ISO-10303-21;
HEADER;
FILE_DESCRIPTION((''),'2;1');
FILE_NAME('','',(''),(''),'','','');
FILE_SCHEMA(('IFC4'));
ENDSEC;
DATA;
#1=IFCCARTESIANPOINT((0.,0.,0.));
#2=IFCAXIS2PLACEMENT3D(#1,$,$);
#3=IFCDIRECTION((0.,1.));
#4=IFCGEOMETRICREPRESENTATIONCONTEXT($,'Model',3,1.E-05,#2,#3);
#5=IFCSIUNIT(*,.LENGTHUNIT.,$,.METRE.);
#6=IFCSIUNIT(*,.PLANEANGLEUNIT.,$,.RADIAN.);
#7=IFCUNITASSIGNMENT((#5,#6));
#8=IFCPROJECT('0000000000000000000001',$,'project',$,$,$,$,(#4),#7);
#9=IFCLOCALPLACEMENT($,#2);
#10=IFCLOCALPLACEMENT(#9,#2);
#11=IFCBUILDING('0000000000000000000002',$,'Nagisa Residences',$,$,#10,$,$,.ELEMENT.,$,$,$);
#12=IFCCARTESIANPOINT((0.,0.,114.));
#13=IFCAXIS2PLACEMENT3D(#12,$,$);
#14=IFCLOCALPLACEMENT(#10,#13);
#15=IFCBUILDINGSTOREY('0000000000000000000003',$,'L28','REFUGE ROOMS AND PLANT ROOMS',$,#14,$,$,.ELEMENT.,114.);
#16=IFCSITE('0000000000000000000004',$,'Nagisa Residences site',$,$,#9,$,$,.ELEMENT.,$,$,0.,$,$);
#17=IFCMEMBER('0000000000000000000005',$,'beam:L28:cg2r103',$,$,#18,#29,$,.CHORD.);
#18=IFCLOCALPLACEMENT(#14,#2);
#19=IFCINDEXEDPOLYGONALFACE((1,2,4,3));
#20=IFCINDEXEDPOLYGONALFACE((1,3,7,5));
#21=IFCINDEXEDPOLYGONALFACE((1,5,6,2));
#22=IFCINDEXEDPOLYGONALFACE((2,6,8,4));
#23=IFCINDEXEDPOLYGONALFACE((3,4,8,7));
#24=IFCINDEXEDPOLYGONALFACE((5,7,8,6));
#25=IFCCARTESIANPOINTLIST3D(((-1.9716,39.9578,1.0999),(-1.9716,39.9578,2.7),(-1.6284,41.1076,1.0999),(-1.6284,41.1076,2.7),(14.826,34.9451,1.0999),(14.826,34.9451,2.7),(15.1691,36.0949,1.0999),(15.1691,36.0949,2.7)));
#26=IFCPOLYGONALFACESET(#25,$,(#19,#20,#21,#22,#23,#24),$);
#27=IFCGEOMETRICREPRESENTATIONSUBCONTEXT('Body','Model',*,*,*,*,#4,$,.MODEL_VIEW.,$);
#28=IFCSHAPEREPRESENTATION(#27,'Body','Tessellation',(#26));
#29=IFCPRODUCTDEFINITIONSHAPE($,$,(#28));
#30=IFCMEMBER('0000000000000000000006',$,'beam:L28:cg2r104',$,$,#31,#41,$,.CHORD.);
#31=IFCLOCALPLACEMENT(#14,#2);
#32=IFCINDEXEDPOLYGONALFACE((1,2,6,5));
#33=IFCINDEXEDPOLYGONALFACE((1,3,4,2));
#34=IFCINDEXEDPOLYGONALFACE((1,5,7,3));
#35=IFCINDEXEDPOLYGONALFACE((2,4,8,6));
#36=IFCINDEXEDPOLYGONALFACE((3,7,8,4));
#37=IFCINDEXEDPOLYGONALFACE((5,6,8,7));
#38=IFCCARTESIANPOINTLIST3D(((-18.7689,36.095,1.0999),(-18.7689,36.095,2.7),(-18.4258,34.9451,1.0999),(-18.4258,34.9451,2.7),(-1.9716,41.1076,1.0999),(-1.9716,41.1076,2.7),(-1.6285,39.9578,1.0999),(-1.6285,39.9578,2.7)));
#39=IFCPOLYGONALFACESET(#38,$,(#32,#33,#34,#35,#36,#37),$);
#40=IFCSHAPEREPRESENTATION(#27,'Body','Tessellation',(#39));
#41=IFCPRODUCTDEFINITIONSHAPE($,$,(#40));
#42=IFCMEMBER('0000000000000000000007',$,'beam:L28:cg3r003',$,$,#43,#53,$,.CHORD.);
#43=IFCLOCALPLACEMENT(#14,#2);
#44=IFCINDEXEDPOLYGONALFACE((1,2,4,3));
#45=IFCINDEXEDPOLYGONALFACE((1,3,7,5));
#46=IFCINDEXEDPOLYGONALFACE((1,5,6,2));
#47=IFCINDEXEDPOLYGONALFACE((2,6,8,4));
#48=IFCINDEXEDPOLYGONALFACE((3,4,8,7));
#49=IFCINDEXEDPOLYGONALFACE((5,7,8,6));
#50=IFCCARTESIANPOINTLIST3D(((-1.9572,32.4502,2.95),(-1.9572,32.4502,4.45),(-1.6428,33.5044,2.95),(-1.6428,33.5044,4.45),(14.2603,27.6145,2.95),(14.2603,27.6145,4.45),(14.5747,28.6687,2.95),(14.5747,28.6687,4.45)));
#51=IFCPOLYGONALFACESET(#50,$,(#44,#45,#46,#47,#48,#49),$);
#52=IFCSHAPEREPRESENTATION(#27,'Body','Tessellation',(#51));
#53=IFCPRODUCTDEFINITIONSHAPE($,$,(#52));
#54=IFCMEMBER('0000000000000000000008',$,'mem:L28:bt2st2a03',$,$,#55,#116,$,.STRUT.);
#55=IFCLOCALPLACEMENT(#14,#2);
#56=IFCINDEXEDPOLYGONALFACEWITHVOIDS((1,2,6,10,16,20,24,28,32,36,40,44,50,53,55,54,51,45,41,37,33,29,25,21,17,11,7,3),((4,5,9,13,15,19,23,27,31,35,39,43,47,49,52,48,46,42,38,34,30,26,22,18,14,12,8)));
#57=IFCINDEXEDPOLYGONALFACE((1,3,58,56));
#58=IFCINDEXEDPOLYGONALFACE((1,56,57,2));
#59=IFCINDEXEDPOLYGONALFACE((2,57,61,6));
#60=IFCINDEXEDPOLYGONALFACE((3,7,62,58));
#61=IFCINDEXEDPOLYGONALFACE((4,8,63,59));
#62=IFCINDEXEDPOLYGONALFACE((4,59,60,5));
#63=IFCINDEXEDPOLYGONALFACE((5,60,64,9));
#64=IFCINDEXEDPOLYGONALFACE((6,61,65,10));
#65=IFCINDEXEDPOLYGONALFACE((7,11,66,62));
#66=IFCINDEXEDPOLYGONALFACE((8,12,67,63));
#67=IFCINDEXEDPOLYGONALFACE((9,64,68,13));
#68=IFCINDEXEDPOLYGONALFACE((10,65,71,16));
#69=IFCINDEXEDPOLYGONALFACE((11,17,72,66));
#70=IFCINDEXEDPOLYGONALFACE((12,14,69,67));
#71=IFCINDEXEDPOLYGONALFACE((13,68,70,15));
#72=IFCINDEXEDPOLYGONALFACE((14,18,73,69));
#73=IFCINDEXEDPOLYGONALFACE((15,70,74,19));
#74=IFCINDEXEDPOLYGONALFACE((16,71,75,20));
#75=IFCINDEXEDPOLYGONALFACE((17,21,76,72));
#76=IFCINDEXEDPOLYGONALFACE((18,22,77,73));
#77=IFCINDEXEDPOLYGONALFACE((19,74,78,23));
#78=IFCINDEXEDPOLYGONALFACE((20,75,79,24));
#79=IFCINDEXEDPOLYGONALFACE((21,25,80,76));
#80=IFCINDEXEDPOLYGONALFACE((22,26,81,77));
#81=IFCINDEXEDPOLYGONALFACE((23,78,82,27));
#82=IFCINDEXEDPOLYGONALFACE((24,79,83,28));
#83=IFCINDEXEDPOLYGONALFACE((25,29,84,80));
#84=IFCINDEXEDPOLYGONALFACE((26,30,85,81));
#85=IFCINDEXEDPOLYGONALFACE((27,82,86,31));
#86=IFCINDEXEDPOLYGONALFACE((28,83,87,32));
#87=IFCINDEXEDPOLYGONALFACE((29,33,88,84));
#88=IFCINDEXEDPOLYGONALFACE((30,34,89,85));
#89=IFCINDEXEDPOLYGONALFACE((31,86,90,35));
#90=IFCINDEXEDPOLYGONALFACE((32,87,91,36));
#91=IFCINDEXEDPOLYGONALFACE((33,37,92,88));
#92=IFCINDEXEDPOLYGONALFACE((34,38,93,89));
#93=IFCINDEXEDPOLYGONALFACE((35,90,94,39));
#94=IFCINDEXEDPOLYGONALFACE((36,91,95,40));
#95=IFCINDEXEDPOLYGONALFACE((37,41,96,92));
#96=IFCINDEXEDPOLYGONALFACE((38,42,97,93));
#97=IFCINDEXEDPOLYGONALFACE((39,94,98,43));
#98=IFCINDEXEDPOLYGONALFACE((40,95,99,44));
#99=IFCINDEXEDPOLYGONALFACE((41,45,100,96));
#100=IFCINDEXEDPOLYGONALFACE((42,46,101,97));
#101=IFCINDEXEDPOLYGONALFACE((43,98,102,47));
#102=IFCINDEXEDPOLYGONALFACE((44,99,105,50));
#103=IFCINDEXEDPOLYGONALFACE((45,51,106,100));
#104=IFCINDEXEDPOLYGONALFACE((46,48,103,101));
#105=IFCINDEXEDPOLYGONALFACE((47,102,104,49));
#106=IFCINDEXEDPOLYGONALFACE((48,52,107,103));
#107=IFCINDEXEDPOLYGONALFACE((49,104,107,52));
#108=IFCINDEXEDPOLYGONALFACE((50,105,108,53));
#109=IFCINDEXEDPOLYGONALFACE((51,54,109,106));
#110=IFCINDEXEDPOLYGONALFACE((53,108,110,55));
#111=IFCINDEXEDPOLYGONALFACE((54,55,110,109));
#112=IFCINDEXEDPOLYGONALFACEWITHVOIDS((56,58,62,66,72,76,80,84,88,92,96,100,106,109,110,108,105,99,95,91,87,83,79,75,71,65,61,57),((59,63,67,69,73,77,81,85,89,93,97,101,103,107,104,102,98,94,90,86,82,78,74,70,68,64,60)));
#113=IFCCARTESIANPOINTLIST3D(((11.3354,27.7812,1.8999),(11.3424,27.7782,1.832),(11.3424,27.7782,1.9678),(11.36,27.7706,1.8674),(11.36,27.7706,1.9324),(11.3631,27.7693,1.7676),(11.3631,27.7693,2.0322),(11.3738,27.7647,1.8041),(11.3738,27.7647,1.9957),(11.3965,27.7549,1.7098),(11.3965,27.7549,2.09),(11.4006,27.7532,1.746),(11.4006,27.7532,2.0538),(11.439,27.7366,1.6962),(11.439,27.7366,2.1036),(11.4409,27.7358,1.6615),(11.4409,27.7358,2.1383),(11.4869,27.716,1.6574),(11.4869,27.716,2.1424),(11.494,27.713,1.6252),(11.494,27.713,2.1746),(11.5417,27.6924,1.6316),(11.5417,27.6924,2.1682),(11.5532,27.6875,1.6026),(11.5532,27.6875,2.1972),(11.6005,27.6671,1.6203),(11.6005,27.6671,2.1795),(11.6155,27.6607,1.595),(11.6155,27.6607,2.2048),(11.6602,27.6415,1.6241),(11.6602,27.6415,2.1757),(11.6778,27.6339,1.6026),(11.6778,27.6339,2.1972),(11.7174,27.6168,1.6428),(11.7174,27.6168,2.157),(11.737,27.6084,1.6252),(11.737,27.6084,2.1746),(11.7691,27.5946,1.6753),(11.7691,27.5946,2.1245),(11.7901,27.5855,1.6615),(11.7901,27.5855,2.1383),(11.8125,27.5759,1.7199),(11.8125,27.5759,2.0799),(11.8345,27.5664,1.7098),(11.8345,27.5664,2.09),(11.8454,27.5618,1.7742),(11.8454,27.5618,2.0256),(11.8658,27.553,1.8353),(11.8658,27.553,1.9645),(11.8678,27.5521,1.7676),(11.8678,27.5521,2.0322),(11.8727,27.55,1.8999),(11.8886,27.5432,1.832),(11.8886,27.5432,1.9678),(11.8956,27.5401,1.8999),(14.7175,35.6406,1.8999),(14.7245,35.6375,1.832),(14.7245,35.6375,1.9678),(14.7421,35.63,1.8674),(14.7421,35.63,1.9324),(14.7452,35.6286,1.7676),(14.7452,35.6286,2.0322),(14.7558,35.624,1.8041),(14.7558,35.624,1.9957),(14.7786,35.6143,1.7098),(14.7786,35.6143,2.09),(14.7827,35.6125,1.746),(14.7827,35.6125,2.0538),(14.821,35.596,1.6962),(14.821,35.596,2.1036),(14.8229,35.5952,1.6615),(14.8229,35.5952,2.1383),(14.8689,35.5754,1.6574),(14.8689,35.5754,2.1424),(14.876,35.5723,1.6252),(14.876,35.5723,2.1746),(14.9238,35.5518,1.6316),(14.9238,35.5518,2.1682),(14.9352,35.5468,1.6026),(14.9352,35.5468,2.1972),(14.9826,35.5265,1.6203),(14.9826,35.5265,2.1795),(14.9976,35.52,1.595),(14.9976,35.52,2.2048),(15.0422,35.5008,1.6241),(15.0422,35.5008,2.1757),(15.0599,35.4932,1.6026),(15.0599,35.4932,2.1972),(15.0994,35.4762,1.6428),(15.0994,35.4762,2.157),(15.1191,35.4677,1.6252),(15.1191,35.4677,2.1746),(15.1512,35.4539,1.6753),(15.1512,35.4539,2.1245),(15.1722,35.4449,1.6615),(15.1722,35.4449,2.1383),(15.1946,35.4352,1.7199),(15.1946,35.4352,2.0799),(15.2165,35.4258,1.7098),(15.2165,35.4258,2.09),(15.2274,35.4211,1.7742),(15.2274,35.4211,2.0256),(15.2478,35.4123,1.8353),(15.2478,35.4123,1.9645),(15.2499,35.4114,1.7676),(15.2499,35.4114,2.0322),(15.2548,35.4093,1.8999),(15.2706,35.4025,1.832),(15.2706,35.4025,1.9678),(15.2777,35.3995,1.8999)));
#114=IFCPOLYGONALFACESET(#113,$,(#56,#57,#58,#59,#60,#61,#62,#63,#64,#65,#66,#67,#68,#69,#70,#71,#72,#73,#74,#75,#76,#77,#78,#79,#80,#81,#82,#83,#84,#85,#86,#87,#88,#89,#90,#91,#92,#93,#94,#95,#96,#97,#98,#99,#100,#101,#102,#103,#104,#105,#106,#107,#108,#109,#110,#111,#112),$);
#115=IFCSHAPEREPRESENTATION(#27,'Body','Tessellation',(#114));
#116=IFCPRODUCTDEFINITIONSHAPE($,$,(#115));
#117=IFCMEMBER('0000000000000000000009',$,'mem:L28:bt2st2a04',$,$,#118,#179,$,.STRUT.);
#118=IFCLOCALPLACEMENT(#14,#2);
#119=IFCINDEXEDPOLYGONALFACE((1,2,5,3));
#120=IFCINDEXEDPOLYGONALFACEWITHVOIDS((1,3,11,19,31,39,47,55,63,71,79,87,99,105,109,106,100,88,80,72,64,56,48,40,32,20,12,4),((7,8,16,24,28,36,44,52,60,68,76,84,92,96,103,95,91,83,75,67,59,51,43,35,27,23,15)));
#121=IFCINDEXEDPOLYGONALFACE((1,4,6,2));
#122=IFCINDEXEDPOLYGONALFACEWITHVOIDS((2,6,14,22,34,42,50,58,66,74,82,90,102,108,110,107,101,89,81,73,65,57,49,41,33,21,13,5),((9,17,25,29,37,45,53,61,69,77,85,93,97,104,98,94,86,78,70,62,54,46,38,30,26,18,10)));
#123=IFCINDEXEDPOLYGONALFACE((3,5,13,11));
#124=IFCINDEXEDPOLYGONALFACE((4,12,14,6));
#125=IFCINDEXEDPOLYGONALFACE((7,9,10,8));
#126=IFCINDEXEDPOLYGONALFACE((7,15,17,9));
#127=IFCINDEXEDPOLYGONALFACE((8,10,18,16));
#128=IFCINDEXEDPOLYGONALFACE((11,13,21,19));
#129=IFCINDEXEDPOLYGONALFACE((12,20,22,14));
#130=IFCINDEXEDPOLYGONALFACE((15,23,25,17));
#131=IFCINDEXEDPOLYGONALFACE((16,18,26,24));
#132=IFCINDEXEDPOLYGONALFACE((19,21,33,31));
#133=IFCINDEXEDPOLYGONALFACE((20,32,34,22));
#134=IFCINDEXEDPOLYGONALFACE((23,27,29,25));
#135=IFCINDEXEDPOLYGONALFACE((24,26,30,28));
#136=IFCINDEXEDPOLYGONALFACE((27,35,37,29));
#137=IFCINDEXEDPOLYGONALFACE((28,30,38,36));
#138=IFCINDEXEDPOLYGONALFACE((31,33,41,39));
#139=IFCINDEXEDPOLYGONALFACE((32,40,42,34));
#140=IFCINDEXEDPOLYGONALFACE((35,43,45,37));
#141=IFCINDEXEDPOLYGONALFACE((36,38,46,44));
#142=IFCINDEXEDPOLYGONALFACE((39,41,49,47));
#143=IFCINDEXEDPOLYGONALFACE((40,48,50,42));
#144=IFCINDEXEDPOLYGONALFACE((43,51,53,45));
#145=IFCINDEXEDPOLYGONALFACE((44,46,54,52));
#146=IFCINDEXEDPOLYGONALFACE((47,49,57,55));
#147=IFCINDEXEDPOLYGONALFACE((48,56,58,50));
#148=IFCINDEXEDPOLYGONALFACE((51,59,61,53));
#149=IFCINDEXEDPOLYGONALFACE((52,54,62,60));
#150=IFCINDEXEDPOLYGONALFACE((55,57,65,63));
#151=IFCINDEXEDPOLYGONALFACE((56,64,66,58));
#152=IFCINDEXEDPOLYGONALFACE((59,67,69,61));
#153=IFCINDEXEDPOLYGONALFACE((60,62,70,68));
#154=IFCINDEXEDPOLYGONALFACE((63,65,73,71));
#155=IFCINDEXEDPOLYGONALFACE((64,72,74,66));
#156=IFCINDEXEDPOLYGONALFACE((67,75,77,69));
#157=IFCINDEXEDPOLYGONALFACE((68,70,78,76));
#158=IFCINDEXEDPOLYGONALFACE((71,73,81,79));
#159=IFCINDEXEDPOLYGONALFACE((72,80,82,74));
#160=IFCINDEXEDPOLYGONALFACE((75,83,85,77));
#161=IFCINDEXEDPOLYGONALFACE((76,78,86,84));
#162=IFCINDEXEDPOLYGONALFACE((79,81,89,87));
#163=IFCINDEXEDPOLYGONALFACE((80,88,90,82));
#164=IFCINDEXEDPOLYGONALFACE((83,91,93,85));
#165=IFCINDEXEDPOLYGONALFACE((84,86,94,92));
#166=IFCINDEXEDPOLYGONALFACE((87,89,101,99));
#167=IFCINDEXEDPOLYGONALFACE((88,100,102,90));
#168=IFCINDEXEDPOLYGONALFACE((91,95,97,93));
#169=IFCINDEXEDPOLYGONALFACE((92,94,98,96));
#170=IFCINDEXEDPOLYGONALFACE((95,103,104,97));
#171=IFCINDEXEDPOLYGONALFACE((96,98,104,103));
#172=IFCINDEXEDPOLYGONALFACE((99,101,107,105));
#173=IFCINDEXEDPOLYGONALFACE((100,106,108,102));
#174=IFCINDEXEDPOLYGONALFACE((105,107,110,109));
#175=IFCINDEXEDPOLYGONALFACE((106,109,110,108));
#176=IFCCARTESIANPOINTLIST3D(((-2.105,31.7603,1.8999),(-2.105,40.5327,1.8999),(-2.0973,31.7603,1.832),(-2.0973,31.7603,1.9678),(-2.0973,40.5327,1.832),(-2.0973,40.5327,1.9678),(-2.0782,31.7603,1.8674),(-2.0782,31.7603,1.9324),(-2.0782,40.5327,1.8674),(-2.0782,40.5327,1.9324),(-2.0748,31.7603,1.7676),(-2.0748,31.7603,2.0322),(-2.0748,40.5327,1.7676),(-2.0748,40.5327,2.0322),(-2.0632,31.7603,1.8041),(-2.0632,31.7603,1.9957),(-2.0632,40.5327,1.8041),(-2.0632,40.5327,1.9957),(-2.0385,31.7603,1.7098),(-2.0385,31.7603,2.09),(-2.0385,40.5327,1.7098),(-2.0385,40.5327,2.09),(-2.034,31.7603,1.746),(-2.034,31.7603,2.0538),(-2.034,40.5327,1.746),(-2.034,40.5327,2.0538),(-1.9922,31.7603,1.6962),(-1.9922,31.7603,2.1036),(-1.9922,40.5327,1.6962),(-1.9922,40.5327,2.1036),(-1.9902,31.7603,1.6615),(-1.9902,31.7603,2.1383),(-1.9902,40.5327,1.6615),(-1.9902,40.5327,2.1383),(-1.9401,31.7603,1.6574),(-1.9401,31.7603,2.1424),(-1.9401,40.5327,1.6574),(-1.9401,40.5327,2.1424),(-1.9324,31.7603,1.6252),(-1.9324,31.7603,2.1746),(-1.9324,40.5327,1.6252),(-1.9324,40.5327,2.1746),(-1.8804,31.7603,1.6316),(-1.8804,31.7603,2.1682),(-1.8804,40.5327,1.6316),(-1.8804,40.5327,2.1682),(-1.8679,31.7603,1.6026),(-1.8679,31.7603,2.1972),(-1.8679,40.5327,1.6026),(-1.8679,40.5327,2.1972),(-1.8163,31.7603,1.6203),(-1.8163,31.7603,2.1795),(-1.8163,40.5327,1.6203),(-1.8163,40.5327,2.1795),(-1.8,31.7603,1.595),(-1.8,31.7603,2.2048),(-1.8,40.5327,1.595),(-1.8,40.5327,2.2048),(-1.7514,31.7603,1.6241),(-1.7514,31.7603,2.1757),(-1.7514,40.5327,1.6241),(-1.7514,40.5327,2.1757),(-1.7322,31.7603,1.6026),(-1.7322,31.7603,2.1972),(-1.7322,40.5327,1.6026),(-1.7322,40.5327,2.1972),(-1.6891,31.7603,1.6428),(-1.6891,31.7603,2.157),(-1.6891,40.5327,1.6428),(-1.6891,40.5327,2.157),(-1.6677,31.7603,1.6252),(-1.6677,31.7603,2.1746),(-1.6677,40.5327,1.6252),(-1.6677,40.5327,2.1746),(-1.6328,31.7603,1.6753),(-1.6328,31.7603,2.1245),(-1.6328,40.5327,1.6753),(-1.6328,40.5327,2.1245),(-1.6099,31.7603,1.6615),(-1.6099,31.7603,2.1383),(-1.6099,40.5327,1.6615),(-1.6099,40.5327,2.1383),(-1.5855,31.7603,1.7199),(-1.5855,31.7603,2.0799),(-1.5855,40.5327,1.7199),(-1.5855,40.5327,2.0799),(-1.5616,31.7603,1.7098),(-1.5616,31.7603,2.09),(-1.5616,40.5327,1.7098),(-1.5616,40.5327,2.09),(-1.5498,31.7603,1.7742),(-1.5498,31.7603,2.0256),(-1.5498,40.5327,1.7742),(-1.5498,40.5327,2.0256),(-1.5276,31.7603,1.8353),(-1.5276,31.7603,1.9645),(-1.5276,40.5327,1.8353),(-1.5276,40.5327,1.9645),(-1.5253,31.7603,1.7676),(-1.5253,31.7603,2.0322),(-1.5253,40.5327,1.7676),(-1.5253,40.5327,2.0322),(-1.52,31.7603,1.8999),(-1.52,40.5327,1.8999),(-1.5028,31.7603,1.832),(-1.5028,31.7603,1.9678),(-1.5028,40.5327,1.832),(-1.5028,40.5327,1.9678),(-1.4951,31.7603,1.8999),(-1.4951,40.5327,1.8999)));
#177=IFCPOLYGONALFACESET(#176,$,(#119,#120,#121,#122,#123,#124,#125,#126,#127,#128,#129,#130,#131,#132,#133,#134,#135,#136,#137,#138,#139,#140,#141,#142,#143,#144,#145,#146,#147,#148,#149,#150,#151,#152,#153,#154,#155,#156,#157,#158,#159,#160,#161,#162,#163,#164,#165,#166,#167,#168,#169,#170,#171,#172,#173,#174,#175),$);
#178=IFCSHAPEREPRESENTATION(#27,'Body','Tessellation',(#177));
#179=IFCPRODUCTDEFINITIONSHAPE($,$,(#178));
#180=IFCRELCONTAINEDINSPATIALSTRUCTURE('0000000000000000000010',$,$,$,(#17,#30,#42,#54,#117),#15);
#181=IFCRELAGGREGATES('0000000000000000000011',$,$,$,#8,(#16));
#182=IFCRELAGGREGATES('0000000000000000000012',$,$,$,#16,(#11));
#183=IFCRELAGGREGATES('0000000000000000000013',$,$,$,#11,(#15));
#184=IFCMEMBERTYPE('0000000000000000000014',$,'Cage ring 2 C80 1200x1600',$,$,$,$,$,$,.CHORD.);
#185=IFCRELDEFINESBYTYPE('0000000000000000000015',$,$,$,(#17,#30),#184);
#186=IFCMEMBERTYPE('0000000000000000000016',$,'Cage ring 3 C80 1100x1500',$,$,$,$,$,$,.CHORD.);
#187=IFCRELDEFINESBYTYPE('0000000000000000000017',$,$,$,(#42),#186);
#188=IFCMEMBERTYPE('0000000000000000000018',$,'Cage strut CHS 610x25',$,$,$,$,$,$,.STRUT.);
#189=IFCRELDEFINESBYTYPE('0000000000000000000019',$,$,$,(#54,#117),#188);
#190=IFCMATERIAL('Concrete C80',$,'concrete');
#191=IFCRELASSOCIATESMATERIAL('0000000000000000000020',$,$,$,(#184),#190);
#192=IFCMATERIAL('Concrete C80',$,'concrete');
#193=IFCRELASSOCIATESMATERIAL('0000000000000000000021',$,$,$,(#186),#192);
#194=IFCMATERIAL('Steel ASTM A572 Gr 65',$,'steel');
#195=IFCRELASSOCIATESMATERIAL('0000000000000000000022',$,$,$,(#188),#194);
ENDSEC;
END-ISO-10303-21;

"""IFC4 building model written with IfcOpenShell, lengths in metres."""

from ifc_helpers import new_model, si_unit, direction, frame, origin, origin_2d, place, context, subcontext, project, spatial, rectangle, hollow_circle, extrude, material, material_profile, profile_set, type_object, element, save


model = new_model("IFC4")

# Units and contexts
model_context = context("Model", 3, precision=1e-05, world=origin(), true_north=direction((0.0, 1.0)))
body_context = subcontext(model_context, "Body", "Model", "MODEL_VIEW")
ifc_project = project(units=[si_unit("LENGTHUNIT", "METRE"), si_unit("PLANEANGLEUNIT", "RADIAN")], contexts=[model_context])

# Site, building, storey
site_placement = place(None, origin())
site = spatial("IfcSite", under=ifc_project, at=site_placement, Name="Nagisa Residences site", CompositionType="ELEMENT", RefElevation=0.0)
building_placement = place(site_placement, origin())
building = spatial("IfcBuilding", under=site, at=building_placement, Name="Nagisa Residences", CompositionType="ELEMENT")
storey_placement = place(building_placement, frame((0.0, 0.0, 114.0)))
storey = spatial("IfcBuildingStorey", under=building, at=storey_placement, Name="L28", Description="REFUGE ROOMS AND PLANT ROOMS", CompositionType="ELEMENT", Elevation=114.0)

# Members
ifc_material_1 = material(Name="Concrete C80", Category="concrete")
ifc_material_profile_1 = material_profile(ifc_material_1, rectangle(XDim=1.2, YDim=1.6001, at=origin_2d()), Name="C80 1200x1600")
ifc_profile_set_1 = profile_set([ifc_material_profile_1], Name="Concrete C80")
member_type_1 = type_object("IfcMemberType", Name="Cage ring 2 C80 1200x1600", PredefinedType="CHORD", material=ifc_profile_set_1)
member_1_placement = place(storey_placement, frame((14.9976, 35.52, 1.8999), z_axis=(-0.958243, 0.285956, 0.0), x_axis=(-0.285956, -0.958243, 0.0)))
element("IfcMember", 1, at=member_1_placement, inside=storey, type_object=member_type_1, Name="beam:L28:cg2r103", PredefinedType="CHORD", context=body_context, shape_type="SweptSolid", body=[
    extrude(rectangle(XDim=1.2, YDim=1.6001, at=origin_2d()), origin(), (0.0, 0.0, 1.0), 17.5295),
])
member_2_placement = place(storey_placement, frame((-1.8, 40.5327, 1.8999), z_axis=(-0.958242, -0.28596, 0.0), x_axis=(0.28596, -0.958242, 0.0)))
element("IfcMember", 2, at=member_2_placement, inside=storey, type_object=member_type_1, Name="beam:L28:cg2r104", PredefinedType="CHORD", context=body_context, shape_type="SweptSolid", body=[
    extrude(rectangle(XDim=1.2, YDim=1.6001, at=origin_2d()), origin(), (0.0, 0.0, 1.0), 17.5293),
])
ifc_material_2 = material(Name="Concrete C80", Category="concrete")
ifc_material_profile_2 = material_profile(ifc_material_2, rectangle(XDim=1.1001, YDim=1.5, at=origin_2d()), Name="C80 1100x1500")
ifc_profile_set_2 = profile_set([ifc_material_profile_2], Name="Concrete C80")
member_type_2 = type_object("IfcMemberType", Name="Cage ring 3 C80 1100x1500", PredefinedType="CHORD", material=ifc_profile_set_2)
member_3_placement = place(storey_placement, frame((14.4175, 28.1416, 3.7), z_axis=(-0.958306, 0.285745, 0.0), x_axis=(-0.285745, -0.958306, 0.0)))
element("IfcMember", 3, at=member_3_placement, inside=storey, type_object=member_type_2, Name="beam:L28:cg3r003", PredefinedType="CHORD", context=body_context, shape_type="SweptSolid", body=[
    extrude(rectangle(XDim=1.1001, YDim=1.5, at=origin_2d()), origin(), (0.0, 0.0, 1.0), 16.9231),
])
ifc_material_3 = material(Name="Steel ASTM A572 Gr 65", Category="steel")
ifc_material_profile_3 = material_profile(ifc_material_3, hollow_circle(Radius=0.3049, WallThickness=0.0249, at=origin_2d()), Name="CHS 610x25")
ifc_profile_set_3 = profile_set([ifc_material_profile_3], Name="Steel ASTM A572 Gr 65")
member_type_3 = type_object("IfcMemberType", Name="Cage strut CHS 610x25", PredefinedType="STRUT", material=ifc_profile_set_3)
member_4_placement = place(storey_placement, frame((14.9976, 35.52, 1.8999), z_axis=(-0.395279, -0.918561, 0.0), x_axis=(0.918561, -0.395279, 0.0)))
element("IfcMember", 4, at=member_4_placement, inside=storey, type_object=member_type_3, Name="mem:L28:bt2st2a03", PredefinedType="STRUT", context=body_context, shape_type="SweptSolid", body=[
    extrude(hollow_circle(Radius=0.3049, WallThickness=0.0249, at=origin_2d()), origin(), (0.0, 0.0, 1.0), 8.5562),
])
member_5_placement = place(storey_placement, frame((-1.8, 40.5327, 1.8999), z_axis=(0.0, -1.0, 0.0), x_axis=(1.0, 0.0, 0.0)))
element("IfcMember", 5, at=member_5_placement, inside=storey, type_object=member_type_3, Name="mem:L28:bt2st2a04", PredefinedType="STRUT", context=body_context, shape_type="SweptSolid", body=[
    extrude(hollow_circle(Radius=0.3049, WallThickness=0.0249, at=origin_2d()), origin(), (0.0, 0.0, 1.0), 8.7725),
])

save(model, "model.ifc")
